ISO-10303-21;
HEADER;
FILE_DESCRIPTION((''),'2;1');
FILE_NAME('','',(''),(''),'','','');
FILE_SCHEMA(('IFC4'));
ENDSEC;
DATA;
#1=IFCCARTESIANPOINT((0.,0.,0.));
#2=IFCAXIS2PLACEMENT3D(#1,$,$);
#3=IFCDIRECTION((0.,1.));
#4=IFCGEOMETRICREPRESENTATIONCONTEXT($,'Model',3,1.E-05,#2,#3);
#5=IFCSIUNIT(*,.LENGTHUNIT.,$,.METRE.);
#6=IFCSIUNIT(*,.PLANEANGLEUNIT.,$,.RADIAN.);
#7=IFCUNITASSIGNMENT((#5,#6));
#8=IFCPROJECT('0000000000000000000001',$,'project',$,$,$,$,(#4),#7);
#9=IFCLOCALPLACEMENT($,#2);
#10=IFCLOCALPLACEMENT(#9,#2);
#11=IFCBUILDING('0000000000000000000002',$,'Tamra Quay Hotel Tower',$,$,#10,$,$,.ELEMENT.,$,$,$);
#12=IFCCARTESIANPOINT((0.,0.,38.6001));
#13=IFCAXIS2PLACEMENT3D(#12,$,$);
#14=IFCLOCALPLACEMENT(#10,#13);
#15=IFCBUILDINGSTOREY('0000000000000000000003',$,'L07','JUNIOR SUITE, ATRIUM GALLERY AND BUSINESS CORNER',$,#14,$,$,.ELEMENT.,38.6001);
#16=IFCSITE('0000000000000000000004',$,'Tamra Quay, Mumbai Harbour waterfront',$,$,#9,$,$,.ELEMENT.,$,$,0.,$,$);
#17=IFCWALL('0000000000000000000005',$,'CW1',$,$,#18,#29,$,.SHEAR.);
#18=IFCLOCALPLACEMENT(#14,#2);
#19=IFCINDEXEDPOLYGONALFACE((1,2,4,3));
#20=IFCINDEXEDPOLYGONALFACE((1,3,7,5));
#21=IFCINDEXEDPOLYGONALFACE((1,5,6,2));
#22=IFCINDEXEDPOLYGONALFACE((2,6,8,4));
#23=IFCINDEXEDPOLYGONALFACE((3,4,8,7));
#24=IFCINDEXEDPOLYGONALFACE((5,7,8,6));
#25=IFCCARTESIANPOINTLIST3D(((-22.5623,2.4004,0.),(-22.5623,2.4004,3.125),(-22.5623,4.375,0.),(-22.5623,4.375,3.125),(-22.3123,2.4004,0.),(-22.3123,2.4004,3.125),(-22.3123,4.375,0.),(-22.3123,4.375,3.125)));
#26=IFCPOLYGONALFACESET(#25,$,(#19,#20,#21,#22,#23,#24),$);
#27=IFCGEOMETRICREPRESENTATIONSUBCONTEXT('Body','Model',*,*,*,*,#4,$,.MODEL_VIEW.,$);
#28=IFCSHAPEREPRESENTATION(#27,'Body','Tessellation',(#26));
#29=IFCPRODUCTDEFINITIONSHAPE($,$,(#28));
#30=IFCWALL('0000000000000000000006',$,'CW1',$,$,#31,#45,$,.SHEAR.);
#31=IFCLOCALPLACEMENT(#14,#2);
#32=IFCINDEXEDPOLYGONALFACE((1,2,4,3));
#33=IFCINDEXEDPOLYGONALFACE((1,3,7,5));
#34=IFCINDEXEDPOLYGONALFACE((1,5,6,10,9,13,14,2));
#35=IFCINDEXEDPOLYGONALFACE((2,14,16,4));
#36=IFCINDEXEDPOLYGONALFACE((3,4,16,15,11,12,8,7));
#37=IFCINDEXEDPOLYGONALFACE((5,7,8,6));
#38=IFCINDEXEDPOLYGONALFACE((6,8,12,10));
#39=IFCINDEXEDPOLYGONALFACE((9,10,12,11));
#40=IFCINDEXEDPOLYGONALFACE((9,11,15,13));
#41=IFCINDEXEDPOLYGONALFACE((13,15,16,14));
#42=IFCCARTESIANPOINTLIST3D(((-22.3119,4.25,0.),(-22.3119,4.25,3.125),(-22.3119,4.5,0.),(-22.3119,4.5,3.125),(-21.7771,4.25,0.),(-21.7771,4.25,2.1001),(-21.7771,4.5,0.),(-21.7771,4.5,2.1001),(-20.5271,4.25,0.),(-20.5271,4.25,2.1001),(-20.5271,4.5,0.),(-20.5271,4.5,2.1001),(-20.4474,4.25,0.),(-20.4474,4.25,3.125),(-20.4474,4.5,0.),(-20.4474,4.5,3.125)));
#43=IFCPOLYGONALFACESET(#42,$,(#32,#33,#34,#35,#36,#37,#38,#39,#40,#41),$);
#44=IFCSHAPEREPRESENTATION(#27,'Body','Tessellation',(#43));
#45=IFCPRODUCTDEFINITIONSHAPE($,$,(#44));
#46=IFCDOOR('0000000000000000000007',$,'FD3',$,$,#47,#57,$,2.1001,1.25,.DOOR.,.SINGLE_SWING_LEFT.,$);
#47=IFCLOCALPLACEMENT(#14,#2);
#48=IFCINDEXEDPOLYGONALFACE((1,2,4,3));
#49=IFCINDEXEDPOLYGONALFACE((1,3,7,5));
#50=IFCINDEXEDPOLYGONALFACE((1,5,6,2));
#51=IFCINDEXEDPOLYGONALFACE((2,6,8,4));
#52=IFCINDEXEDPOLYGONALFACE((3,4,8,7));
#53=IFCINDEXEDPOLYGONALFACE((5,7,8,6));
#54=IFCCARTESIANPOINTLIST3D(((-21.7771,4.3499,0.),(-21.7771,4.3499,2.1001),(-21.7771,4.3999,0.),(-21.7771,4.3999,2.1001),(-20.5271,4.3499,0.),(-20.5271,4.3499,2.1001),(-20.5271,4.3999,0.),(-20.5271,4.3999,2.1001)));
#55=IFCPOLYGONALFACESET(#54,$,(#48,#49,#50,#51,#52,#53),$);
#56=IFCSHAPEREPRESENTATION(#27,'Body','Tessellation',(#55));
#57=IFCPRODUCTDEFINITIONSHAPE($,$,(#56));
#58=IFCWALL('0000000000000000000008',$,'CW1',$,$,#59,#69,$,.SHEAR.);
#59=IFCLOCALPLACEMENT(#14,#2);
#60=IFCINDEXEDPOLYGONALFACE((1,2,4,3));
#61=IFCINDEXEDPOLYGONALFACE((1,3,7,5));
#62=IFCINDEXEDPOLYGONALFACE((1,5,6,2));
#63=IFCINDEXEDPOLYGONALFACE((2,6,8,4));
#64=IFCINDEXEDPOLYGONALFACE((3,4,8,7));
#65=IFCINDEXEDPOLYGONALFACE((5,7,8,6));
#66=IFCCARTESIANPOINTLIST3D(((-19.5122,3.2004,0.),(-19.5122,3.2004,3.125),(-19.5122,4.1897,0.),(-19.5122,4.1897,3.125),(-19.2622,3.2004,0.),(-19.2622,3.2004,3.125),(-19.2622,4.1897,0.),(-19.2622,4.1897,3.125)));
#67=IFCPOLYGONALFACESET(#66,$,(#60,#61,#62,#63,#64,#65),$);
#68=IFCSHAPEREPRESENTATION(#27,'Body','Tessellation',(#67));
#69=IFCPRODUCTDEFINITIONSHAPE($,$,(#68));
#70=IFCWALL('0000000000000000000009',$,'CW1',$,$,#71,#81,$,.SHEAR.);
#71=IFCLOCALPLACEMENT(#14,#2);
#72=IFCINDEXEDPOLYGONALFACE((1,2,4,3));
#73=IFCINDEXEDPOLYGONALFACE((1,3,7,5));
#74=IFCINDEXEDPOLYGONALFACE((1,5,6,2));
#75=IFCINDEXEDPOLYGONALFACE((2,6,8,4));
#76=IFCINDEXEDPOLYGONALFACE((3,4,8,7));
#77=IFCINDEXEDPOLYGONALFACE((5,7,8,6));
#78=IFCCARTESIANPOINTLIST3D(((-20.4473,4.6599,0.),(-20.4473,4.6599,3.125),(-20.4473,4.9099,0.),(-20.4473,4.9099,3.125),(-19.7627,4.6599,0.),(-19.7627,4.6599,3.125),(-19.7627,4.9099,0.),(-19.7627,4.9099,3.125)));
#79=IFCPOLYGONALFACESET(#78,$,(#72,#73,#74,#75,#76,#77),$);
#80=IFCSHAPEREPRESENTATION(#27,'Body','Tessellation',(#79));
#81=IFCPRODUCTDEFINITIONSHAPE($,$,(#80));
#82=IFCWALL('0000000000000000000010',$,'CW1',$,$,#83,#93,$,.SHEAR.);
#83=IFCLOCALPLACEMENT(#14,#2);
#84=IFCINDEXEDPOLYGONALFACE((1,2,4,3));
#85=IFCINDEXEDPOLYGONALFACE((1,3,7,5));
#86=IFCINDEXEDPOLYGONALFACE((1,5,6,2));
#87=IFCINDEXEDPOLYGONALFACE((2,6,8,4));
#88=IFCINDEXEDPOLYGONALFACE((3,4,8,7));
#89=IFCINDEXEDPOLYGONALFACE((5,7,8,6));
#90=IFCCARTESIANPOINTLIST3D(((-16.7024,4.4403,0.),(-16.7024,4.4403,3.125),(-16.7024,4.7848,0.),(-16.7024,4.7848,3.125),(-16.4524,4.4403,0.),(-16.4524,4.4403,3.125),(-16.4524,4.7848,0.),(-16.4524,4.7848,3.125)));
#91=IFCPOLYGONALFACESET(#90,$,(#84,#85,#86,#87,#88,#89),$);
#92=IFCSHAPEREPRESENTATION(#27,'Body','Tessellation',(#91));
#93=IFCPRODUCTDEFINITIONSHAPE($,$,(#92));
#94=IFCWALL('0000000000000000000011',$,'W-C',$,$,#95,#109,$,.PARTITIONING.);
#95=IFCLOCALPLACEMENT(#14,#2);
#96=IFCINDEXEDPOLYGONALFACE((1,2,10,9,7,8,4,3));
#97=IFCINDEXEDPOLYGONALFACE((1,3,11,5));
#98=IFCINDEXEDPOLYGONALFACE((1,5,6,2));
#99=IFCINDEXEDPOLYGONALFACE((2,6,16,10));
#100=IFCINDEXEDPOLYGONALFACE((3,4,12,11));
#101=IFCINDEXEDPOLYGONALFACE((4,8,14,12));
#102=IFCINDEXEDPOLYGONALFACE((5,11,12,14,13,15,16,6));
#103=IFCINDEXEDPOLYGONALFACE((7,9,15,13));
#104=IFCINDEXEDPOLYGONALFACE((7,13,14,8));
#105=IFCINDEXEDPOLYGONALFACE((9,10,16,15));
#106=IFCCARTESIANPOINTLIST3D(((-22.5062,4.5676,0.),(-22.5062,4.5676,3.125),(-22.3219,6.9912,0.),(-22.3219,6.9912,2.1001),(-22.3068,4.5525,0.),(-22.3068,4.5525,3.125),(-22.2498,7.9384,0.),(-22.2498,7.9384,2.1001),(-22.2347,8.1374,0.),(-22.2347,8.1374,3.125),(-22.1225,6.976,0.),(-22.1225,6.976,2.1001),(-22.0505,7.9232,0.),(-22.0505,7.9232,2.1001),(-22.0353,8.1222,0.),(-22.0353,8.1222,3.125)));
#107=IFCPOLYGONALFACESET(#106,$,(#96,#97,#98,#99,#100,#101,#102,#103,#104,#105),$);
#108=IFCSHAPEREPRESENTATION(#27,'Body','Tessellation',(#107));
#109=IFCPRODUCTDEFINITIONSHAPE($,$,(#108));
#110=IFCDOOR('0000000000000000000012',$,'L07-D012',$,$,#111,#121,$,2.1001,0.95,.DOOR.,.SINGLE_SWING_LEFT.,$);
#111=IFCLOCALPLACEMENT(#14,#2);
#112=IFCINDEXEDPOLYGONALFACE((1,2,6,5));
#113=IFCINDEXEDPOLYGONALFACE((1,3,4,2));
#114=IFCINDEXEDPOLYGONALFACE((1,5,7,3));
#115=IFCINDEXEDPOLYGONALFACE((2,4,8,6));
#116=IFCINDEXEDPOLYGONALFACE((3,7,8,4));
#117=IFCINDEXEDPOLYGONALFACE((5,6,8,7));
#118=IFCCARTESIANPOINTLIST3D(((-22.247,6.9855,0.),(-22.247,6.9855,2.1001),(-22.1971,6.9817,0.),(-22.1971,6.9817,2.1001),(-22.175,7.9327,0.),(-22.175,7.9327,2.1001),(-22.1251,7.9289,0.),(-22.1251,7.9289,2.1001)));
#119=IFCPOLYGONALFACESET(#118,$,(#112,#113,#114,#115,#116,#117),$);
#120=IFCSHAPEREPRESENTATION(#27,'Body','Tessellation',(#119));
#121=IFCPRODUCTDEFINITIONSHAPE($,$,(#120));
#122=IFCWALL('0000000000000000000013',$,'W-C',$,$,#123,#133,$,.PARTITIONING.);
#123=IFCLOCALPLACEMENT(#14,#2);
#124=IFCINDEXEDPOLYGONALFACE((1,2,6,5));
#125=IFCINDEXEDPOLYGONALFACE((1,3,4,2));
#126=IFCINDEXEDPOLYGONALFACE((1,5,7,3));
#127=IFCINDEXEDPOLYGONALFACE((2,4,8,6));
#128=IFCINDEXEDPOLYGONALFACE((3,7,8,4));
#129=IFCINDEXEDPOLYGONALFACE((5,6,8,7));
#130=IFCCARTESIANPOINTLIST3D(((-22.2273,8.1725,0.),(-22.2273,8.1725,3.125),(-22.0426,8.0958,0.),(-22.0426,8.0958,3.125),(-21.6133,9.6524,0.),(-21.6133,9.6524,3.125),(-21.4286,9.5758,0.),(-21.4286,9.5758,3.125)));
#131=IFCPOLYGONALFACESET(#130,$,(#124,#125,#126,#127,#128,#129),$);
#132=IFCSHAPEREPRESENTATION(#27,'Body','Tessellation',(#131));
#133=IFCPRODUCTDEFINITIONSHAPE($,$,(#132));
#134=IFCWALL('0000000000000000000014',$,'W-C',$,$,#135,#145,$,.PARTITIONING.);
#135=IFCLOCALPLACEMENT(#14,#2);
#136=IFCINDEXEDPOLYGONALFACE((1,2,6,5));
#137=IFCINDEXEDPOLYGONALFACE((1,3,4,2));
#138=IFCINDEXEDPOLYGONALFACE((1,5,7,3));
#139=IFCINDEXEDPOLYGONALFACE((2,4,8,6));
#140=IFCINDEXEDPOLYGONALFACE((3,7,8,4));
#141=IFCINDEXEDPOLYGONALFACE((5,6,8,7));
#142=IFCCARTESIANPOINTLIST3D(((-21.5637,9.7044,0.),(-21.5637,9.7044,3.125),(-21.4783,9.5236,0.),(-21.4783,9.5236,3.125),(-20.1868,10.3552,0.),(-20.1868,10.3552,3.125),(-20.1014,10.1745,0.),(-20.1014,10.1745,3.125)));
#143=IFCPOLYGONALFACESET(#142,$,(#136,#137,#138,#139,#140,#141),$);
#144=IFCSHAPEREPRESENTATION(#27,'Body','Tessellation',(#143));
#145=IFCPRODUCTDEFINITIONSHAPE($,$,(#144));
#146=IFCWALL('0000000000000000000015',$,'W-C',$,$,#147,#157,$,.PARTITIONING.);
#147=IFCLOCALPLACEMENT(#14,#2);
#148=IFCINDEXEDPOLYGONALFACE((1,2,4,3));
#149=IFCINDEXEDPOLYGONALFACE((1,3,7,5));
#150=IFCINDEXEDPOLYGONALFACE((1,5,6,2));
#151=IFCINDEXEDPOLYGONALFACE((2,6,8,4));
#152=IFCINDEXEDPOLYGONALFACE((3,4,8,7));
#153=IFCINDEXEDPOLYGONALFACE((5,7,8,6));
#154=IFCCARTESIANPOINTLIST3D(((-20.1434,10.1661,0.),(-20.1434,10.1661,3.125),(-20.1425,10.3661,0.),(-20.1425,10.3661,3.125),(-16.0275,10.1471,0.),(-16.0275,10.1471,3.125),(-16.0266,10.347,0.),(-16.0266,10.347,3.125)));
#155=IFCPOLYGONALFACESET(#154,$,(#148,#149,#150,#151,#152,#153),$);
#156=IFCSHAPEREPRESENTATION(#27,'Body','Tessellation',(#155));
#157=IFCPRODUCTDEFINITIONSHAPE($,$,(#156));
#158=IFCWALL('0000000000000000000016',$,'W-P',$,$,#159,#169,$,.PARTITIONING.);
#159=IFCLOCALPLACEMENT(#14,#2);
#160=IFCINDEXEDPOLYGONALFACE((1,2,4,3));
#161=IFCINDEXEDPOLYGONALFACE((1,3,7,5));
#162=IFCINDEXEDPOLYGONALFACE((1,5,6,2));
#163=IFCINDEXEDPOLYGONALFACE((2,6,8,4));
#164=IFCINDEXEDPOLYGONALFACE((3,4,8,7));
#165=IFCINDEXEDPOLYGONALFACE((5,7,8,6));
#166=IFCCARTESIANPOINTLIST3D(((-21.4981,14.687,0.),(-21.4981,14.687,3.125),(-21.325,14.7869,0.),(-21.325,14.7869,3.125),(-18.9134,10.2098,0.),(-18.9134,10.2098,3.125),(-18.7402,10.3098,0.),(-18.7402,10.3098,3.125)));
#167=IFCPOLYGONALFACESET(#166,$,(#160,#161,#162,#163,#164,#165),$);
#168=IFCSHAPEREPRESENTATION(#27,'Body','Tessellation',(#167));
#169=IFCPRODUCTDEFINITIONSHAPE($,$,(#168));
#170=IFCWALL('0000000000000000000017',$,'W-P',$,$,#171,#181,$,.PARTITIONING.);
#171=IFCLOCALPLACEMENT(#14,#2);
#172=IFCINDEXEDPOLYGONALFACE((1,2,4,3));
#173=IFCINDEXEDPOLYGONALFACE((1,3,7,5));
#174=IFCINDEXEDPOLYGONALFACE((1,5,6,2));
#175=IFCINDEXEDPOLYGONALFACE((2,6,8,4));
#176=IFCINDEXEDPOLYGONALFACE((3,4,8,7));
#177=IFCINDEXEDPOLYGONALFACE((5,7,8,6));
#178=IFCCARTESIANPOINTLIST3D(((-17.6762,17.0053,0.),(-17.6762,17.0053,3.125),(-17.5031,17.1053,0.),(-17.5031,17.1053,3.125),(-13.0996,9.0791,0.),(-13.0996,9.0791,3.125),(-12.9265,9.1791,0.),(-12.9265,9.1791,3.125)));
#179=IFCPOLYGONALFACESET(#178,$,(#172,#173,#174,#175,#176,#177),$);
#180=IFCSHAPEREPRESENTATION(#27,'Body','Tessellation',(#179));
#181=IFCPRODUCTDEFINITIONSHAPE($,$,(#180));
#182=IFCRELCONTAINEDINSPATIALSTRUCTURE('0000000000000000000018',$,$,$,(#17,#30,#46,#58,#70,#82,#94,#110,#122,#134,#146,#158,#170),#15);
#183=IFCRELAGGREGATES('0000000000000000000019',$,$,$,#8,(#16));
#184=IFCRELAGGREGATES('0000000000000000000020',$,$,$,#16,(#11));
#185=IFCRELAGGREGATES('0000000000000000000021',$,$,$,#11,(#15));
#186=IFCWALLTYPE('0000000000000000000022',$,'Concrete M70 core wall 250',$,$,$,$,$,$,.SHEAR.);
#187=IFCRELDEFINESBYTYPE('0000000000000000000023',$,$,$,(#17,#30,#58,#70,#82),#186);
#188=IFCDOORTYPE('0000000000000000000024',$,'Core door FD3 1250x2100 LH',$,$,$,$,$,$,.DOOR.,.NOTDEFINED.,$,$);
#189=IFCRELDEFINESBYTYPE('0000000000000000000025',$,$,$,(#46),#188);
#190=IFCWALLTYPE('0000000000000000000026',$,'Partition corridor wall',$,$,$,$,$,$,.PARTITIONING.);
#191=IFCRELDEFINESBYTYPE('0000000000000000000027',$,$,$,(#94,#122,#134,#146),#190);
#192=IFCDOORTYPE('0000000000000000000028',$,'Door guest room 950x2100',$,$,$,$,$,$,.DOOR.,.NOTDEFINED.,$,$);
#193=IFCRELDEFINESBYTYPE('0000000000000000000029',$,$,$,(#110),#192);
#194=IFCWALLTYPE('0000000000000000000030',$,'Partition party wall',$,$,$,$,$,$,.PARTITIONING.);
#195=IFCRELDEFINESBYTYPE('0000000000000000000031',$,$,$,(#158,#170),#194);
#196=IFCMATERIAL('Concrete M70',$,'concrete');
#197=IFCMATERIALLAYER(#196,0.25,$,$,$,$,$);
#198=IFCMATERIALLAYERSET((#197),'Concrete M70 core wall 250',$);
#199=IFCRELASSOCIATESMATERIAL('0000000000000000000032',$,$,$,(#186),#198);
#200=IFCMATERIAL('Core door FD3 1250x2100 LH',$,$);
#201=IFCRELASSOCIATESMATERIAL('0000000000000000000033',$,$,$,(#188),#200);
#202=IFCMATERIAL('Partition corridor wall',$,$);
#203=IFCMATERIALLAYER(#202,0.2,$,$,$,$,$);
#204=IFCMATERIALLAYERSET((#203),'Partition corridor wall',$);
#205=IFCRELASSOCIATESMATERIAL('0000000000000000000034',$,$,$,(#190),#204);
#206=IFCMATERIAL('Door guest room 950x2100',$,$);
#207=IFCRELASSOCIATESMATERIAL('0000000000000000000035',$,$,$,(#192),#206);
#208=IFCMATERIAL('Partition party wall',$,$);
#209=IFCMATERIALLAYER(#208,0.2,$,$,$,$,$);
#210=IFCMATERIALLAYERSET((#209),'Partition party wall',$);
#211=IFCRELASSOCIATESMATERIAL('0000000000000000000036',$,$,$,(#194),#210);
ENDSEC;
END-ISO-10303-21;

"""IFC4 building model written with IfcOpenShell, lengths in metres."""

from ifc_helpers import new_model, si_unit, direction, frame, frame_2d, origin, place, context, subcontext, project, spatial, rectangle, extrude, material, layer, layer_set, type_object, element, fill, save


model = new_model("IFC4")

# Units and contexts
model_context = context("Model", 3, precision=1e-05, world=origin(), true_north=direction((0.0, 1.0)))
body_context = subcontext(model_context, "Body", "Model", "MODEL_VIEW")
ifc_project = project(units=[si_unit("LENGTHUNIT", "METRE"), si_unit("PLANEANGLEUNIT", "RADIAN")], contexts=[model_context])

# Site, building, storey
site_placement = place(None, origin())
site = spatial("IfcSite", under=ifc_project, at=site_placement, Name="Tamra Quay, Mumbai Harbour waterfront", CompositionType="ELEMENT", RefElevation=0.0)
building_placement = place(site_placement, origin())
building = spatial("IfcBuilding", under=site, at=building_placement, Name="Tamra Quay Hotel Tower", CompositionType="ELEMENT")
storey_placement = place(building_placement, frame((0.0, 0.0, 38.6001)))
storey = spatial("IfcBuildingStorey", under=building, at=storey_placement, Name="L07", Description="JUNIOR SUITE, ATRIUM GALLERY AND BUSINESS CORNER", CompositionType="ELEMENT", Elevation=38.6001)

# Shared definitions
ifc_material_1 = material(Name="Concrete M70", Category="concrete")

# Wall
ifc_layer_1 = layer(ifc_material_1, 0.25)
ifc_layer_set_1 = layer_set([ifc_layer_1], Name="Concrete M70 core wall 250")
wall_type_1 = type_object("IfcWallType", Name="Concrete M70 core wall 250", PredefinedType="SHEAR", material=ifc_layer_set_1)
wall_1_placement = place(storey_placement, frame((-22.4373, 2.4004, 0.0), z_axis=(0.0, 0.0, 1.0), x_axis=(0.0, 1.0, 0.0)))
element("IfcWall", 1, at=wall_1_placement, inside=storey, type_object=wall_type_1, Name="CW1", PredefinedType="SHEAR", context=body_context, shape_type="SweptSolid", body=[
    extrude(rectangle(XDim=1.9746, YDim=0.25, at=frame_2d((0.9873, 0.0))), origin(), (0.0, 0.0, 1.0), 3.125),
])

# Wall, opening, door
wall_2_placement = place(storey_placement, frame((-22.3118, 4.375, 0.0), z_axis=(0.0, 0.0, 1.0), x_axis=(1.0, 0.0, 0.0)))
wall_2 = element("IfcWall", 2, at=wall_2_placement, inside=storey, type_object=wall_type_1, Name="CW1", PredefinedType="SHEAR", context=body_context, shape_type="SweptSolid", body=[
    extrude(rectangle(XDim=1.8645, YDim=0.25, at=frame_2d((0.9321, 0.0))), origin(), (0.0, 0.0, 1.0), 3.125),
])
opening_1_placement = place(wall_2_placement, frame((0.5347, 0.0, 0.0)))
opening_1 = element("IfcOpeningElement", 3, at=opening_1_placement, cuts=wall_2, PredefinedType="OPENING", context=body_context, shape_type="SweptSolid", body=[
    extrude(rectangle(XDim=1.25, YDim=2.1001, at=frame_2d((0.625, 1.05))), frame((0.0, 0.135, 0.0), z_axis=(0.0, -1.0, 0.0), x_axis=(1.0, 0.0, 0.0)), (0.0, 0.0, 1.0), 0.27),
])
ifc_material_2 = material(Name="Core door FD3 1250x2100 LH")
door_type_1 = type_object("IfcDoorType", Name="Core door FD3 1250x2100 LH", OperationType="NOTDEFINED", PredefinedType="DOOR", material=ifc_material_2)
door_1_placement = place(opening_1_placement, origin())
door_1 = element("IfcDoor", 4, at=door_1_placement, inside=storey, type_object=door_type_1, Name="FD3", OperationType="SINGLE_SWING_LEFT", OverallHeight=2.1001, OverallWidth=1.25, PredefinedType="DOOR", context=body_context, shape_type="SweptSolid", body=[
    extrude(rectangle(XDim=1.25, YDim=2.1001, at=frame_2d((0.625, 1.05))), frame((0.0, 0.0249, 0.0), z_axis=(0.0, -1.0, 0.0), x_axis=(1.0, 0.0, 0.0)), (0.0, 0.0, 1.0), 0.05),
])
fill(opening_1, door_1)

# Walls
wall_3_placement = place(storey_placement, frame((-19.3872, 4.1897, 0.0), z_axis=(0.0, 0.0, 1.0), x_axis=(0.0, -1.0, 0.0)))
element("IfcWall", 5, at=wall_3_placement, inside=storey, type_object=wall_type_1, Name="CW1", PredefinedType="SHEAR", context=body_context, shape_type="SweptSolid", body=[
    extrude(rectangle(XDim=0.9893, YDim=0.25, at=frame_2d((0.4946, 0.0))), origin(), (0.0, 0.0, 1.0), 3.125),
])
wall_4_placement = place(storey_placement, frame((-20.4473, 4.7849, 0.0), z_axis=(0.0, 0.0, 1.0), x_axis=(1.0, 0.0, 0.0)))
element("IfcWall", 6, at=wall_4_placement, inside=storey, type_object=wall_type_1, Name="CW1", PredefinedType="SHEAR", context=body_context, shape_type="SweptSolid", body=[
    extrude(rectangle(XDim=0.6846, YDim=0.25, at=frame_2d((0.3423, 0.0))), origin(), (0.0, 0.0, 1.0), 3.125),
])
wall_5_placement = place(storey_placement, frame((-16.5774, 4.7849, 0.0), z_axis=(0.0, 0.0, 1.0), x_axis=(0.0, -1.0, 0.0)))
element("IfcWall", 7, at=wall_5_placement, inside=storey, type_object=wall_type_1, Name="CW1", PredefinedType="SHEAR", context=body_context, shape_type="SweptSolid", body=[
    extrude(rectangle(XDim=0.3445, YDim=0.25, at=frame_2d((0.1724, 0.0))), origin(), (0.0, 0.0, 1.0), 3.125),
])

# Wall, opening, door
ifc_material_3 = material(Name="Partition corridor wall")
ifc_layer_2 = layer(ifc_material_3, 0.2)
ifc_layer_set_2 = layer_set([ifc_layer_2], Name="Partition corridor wall")
wall_type_2 = type_object("IfcWallType", Name="Partition corridor wall", PredefinedType="PARTITIONING", material=ifc_layer_set_2)
wall_6_placement = place(storey_placement, frame((-22.4065, 4.5601, 0.0), z_axis=(0.0, 0.0, 1.0), x_axis=(0.075831, 0.997121, 0.0)))
wall_6 = element("IfcWall", 8, at=wall_6_placement, inside=storey, type_object=wall_type_2, Name="W-C", PredefinedType="PARTITIONING", context=body_context, shape_type="SweptSolid", body=[
    extrude(rectangle(XDim=3.5801, YDim=0.2, at=frame_2d((1.79, 0.0))), origin(), (0.0, 0.0, 1.0), 3.125),
])
opening_2_placement = place(wall_6_placement, frame((2.4304, 0.0, 0.0)))
opening_2 = element("IfcOpeningElement", 9, at=opening_2_placement, cuts=wall_6, PredefinedType="OPENING", context=body_context, shape_type="SweptSolid", body=[
    extrude(rectangle(XDim=0.95, YDim=2.1001, at=frame_2d((0.4751, 1.05))), frame((0.0, 0.1099, 0.0), z_axis=(0.0, -1.0, 0.0), x_axis=(1.0, 0.0, 0.0)), (0.0, 0.0, 1.0), 0.22),
])
ifc_material_4 = material(Name="Door guest room 950x2100")
door_type_2 = type_object("IfcDoorType", Name="Door guest room 950x2100", OperationType="NOTDEFINED", PredefinedType="DOOR", material=ifc_material_4)
door_2_placement = place(opening_2_placement, origin())
door_2 = element("IfcDoor", 10, at=door_2_placement, inside=storey, type_object=door_type_2, Name="L07-D012", OperationType="SINGLE_SWING_LEFT", OverallHeight=2.1001, OverallWidth=0.95, PredefinedType="DOOR", context=body_context, shape_type="SweptSolid", body=[
    extrude(rectangle(XDim=0.95, YDim=2.1001, at=frame_2d((0.4751, 1.05))), frame((0.0, 0.0249, 0.0), z_axis=(0.0, -1.0, 0.0), x_axis=(1.0, 0.0, 0.0)), (0.0, 0.0, 1.0), 0.05),
])
fill(opening_2, door_2)

# Walls
wall_7_placement = place(storey_placement, frame((-22.135, 8.134, 0.0), z_axis=(0.0, 0.0, 1.0), x_axis=(0.383208, 0.923662, 0.0)))
element("IfcWall", 11, at=wall_7_placement, inside=storey, type_object=wall_type_2, Name="W-C", PredefinedType="PARTITIONING", context=body_context, shape_type="SweptSolid", body=[
    extrude(rectangle(XDim=1.6023, YDim=0.2, at=frame_2d((0.8013, 0.0))), origin(), (0.0, 0.0, 1.0), 3.125),
])
wall_8_placement = place(storey_placement, frame((-21.521, 9.614, 0.0), z_axis=(0.0, 0.0, 1.0), x_axis=(0.904084, 0.427356, 0.0)))
element("IfcWall", 12, at=wall_8_placement, inside=storey, type_object=wall_type_2, Name="W-C", PredefinedType="PARTITIONING", context=body_context, shape_type="SweptSolid", body=[
    extrude(rectangle(XDim=1.5229, YDim=0.2, at=frame_2d((0.7615, 0.0))), origin(), (0.0, 0.0, 1.0), 3.125),
])
wall_9_placement = place(storey_placement, frame((-20.1431, 10.2661, 0.0), z_axis=(0.0, 0.0, 1.0), x_axis=(0.999989, -0.004627, 0.0)))
element("IfcWall", 13, at=wall_9_placement, inside=storey, type_object=wall_type_2, Name="W-C", PredefinedType="PARTITIONING", context=body_context, shape_type="SweptSolid", body=[
    extrude(rectangle(XDim=4.116, YDim=0.2, at=frame_2d((2.0581, 0.0))), origin(), (0.0, 0.0, 1.0), 3.125),
])
ifc_material_5 = material(Name="Partition party wall")
ifc_layer_3 = layer(ifc_material_5, 0.2)
ifc_layer_set_3 = layer_set([ifc_layer_3], Name="Partition party wall")
wall_type_3 = type_object("IfcWallType", Name="Partition party wall", PredefinedType="PARTITIONING", material=ifc_layer_set_3)
wall_10_placement = place(storey_placement, frame((-21.4116, 14.7371, 0.0), z_axis=(0.0, 0.0, 1.0), x_axis=(0.499984, -0.866035, 0.0)))
element("IfcWall", 14, at=wall_10_placement, inside=storey, type_object=wall_type_3, Name="W-P", PredefinedType="PARTITIONING", context=body_context, shape_type="SweptSolid", body=[
    extrude(rectangle(XDim=5.1697, YDim=0.2, at=frame_2d((2.585, 0.0))), origin(), (0.0, 0.0, 1.0), 3.125),
])
wall_11_placement = place(storey_placement, frame((-17.5896, 17.0552, 0.0), z_axis=(0.0, 0.0, 1.0), x_axis=(0.500035, -0.866005, 0.0)))
element("IfcWall", 15, at=wall_11_placement, inside=storey, type_object=wall_type_3, Name="W-P", PredefinedType="PARTITIONING", context=body_context, shape_type="SweptSolid", body=[
    extrude(rectangle(XDim=9.1526, YDim=0.2, at=frame_2d((4.5762, 0.0))), origin(), (0.0, 0.0, 1.0), 3.125),
])

save(model, "model.ifc")
